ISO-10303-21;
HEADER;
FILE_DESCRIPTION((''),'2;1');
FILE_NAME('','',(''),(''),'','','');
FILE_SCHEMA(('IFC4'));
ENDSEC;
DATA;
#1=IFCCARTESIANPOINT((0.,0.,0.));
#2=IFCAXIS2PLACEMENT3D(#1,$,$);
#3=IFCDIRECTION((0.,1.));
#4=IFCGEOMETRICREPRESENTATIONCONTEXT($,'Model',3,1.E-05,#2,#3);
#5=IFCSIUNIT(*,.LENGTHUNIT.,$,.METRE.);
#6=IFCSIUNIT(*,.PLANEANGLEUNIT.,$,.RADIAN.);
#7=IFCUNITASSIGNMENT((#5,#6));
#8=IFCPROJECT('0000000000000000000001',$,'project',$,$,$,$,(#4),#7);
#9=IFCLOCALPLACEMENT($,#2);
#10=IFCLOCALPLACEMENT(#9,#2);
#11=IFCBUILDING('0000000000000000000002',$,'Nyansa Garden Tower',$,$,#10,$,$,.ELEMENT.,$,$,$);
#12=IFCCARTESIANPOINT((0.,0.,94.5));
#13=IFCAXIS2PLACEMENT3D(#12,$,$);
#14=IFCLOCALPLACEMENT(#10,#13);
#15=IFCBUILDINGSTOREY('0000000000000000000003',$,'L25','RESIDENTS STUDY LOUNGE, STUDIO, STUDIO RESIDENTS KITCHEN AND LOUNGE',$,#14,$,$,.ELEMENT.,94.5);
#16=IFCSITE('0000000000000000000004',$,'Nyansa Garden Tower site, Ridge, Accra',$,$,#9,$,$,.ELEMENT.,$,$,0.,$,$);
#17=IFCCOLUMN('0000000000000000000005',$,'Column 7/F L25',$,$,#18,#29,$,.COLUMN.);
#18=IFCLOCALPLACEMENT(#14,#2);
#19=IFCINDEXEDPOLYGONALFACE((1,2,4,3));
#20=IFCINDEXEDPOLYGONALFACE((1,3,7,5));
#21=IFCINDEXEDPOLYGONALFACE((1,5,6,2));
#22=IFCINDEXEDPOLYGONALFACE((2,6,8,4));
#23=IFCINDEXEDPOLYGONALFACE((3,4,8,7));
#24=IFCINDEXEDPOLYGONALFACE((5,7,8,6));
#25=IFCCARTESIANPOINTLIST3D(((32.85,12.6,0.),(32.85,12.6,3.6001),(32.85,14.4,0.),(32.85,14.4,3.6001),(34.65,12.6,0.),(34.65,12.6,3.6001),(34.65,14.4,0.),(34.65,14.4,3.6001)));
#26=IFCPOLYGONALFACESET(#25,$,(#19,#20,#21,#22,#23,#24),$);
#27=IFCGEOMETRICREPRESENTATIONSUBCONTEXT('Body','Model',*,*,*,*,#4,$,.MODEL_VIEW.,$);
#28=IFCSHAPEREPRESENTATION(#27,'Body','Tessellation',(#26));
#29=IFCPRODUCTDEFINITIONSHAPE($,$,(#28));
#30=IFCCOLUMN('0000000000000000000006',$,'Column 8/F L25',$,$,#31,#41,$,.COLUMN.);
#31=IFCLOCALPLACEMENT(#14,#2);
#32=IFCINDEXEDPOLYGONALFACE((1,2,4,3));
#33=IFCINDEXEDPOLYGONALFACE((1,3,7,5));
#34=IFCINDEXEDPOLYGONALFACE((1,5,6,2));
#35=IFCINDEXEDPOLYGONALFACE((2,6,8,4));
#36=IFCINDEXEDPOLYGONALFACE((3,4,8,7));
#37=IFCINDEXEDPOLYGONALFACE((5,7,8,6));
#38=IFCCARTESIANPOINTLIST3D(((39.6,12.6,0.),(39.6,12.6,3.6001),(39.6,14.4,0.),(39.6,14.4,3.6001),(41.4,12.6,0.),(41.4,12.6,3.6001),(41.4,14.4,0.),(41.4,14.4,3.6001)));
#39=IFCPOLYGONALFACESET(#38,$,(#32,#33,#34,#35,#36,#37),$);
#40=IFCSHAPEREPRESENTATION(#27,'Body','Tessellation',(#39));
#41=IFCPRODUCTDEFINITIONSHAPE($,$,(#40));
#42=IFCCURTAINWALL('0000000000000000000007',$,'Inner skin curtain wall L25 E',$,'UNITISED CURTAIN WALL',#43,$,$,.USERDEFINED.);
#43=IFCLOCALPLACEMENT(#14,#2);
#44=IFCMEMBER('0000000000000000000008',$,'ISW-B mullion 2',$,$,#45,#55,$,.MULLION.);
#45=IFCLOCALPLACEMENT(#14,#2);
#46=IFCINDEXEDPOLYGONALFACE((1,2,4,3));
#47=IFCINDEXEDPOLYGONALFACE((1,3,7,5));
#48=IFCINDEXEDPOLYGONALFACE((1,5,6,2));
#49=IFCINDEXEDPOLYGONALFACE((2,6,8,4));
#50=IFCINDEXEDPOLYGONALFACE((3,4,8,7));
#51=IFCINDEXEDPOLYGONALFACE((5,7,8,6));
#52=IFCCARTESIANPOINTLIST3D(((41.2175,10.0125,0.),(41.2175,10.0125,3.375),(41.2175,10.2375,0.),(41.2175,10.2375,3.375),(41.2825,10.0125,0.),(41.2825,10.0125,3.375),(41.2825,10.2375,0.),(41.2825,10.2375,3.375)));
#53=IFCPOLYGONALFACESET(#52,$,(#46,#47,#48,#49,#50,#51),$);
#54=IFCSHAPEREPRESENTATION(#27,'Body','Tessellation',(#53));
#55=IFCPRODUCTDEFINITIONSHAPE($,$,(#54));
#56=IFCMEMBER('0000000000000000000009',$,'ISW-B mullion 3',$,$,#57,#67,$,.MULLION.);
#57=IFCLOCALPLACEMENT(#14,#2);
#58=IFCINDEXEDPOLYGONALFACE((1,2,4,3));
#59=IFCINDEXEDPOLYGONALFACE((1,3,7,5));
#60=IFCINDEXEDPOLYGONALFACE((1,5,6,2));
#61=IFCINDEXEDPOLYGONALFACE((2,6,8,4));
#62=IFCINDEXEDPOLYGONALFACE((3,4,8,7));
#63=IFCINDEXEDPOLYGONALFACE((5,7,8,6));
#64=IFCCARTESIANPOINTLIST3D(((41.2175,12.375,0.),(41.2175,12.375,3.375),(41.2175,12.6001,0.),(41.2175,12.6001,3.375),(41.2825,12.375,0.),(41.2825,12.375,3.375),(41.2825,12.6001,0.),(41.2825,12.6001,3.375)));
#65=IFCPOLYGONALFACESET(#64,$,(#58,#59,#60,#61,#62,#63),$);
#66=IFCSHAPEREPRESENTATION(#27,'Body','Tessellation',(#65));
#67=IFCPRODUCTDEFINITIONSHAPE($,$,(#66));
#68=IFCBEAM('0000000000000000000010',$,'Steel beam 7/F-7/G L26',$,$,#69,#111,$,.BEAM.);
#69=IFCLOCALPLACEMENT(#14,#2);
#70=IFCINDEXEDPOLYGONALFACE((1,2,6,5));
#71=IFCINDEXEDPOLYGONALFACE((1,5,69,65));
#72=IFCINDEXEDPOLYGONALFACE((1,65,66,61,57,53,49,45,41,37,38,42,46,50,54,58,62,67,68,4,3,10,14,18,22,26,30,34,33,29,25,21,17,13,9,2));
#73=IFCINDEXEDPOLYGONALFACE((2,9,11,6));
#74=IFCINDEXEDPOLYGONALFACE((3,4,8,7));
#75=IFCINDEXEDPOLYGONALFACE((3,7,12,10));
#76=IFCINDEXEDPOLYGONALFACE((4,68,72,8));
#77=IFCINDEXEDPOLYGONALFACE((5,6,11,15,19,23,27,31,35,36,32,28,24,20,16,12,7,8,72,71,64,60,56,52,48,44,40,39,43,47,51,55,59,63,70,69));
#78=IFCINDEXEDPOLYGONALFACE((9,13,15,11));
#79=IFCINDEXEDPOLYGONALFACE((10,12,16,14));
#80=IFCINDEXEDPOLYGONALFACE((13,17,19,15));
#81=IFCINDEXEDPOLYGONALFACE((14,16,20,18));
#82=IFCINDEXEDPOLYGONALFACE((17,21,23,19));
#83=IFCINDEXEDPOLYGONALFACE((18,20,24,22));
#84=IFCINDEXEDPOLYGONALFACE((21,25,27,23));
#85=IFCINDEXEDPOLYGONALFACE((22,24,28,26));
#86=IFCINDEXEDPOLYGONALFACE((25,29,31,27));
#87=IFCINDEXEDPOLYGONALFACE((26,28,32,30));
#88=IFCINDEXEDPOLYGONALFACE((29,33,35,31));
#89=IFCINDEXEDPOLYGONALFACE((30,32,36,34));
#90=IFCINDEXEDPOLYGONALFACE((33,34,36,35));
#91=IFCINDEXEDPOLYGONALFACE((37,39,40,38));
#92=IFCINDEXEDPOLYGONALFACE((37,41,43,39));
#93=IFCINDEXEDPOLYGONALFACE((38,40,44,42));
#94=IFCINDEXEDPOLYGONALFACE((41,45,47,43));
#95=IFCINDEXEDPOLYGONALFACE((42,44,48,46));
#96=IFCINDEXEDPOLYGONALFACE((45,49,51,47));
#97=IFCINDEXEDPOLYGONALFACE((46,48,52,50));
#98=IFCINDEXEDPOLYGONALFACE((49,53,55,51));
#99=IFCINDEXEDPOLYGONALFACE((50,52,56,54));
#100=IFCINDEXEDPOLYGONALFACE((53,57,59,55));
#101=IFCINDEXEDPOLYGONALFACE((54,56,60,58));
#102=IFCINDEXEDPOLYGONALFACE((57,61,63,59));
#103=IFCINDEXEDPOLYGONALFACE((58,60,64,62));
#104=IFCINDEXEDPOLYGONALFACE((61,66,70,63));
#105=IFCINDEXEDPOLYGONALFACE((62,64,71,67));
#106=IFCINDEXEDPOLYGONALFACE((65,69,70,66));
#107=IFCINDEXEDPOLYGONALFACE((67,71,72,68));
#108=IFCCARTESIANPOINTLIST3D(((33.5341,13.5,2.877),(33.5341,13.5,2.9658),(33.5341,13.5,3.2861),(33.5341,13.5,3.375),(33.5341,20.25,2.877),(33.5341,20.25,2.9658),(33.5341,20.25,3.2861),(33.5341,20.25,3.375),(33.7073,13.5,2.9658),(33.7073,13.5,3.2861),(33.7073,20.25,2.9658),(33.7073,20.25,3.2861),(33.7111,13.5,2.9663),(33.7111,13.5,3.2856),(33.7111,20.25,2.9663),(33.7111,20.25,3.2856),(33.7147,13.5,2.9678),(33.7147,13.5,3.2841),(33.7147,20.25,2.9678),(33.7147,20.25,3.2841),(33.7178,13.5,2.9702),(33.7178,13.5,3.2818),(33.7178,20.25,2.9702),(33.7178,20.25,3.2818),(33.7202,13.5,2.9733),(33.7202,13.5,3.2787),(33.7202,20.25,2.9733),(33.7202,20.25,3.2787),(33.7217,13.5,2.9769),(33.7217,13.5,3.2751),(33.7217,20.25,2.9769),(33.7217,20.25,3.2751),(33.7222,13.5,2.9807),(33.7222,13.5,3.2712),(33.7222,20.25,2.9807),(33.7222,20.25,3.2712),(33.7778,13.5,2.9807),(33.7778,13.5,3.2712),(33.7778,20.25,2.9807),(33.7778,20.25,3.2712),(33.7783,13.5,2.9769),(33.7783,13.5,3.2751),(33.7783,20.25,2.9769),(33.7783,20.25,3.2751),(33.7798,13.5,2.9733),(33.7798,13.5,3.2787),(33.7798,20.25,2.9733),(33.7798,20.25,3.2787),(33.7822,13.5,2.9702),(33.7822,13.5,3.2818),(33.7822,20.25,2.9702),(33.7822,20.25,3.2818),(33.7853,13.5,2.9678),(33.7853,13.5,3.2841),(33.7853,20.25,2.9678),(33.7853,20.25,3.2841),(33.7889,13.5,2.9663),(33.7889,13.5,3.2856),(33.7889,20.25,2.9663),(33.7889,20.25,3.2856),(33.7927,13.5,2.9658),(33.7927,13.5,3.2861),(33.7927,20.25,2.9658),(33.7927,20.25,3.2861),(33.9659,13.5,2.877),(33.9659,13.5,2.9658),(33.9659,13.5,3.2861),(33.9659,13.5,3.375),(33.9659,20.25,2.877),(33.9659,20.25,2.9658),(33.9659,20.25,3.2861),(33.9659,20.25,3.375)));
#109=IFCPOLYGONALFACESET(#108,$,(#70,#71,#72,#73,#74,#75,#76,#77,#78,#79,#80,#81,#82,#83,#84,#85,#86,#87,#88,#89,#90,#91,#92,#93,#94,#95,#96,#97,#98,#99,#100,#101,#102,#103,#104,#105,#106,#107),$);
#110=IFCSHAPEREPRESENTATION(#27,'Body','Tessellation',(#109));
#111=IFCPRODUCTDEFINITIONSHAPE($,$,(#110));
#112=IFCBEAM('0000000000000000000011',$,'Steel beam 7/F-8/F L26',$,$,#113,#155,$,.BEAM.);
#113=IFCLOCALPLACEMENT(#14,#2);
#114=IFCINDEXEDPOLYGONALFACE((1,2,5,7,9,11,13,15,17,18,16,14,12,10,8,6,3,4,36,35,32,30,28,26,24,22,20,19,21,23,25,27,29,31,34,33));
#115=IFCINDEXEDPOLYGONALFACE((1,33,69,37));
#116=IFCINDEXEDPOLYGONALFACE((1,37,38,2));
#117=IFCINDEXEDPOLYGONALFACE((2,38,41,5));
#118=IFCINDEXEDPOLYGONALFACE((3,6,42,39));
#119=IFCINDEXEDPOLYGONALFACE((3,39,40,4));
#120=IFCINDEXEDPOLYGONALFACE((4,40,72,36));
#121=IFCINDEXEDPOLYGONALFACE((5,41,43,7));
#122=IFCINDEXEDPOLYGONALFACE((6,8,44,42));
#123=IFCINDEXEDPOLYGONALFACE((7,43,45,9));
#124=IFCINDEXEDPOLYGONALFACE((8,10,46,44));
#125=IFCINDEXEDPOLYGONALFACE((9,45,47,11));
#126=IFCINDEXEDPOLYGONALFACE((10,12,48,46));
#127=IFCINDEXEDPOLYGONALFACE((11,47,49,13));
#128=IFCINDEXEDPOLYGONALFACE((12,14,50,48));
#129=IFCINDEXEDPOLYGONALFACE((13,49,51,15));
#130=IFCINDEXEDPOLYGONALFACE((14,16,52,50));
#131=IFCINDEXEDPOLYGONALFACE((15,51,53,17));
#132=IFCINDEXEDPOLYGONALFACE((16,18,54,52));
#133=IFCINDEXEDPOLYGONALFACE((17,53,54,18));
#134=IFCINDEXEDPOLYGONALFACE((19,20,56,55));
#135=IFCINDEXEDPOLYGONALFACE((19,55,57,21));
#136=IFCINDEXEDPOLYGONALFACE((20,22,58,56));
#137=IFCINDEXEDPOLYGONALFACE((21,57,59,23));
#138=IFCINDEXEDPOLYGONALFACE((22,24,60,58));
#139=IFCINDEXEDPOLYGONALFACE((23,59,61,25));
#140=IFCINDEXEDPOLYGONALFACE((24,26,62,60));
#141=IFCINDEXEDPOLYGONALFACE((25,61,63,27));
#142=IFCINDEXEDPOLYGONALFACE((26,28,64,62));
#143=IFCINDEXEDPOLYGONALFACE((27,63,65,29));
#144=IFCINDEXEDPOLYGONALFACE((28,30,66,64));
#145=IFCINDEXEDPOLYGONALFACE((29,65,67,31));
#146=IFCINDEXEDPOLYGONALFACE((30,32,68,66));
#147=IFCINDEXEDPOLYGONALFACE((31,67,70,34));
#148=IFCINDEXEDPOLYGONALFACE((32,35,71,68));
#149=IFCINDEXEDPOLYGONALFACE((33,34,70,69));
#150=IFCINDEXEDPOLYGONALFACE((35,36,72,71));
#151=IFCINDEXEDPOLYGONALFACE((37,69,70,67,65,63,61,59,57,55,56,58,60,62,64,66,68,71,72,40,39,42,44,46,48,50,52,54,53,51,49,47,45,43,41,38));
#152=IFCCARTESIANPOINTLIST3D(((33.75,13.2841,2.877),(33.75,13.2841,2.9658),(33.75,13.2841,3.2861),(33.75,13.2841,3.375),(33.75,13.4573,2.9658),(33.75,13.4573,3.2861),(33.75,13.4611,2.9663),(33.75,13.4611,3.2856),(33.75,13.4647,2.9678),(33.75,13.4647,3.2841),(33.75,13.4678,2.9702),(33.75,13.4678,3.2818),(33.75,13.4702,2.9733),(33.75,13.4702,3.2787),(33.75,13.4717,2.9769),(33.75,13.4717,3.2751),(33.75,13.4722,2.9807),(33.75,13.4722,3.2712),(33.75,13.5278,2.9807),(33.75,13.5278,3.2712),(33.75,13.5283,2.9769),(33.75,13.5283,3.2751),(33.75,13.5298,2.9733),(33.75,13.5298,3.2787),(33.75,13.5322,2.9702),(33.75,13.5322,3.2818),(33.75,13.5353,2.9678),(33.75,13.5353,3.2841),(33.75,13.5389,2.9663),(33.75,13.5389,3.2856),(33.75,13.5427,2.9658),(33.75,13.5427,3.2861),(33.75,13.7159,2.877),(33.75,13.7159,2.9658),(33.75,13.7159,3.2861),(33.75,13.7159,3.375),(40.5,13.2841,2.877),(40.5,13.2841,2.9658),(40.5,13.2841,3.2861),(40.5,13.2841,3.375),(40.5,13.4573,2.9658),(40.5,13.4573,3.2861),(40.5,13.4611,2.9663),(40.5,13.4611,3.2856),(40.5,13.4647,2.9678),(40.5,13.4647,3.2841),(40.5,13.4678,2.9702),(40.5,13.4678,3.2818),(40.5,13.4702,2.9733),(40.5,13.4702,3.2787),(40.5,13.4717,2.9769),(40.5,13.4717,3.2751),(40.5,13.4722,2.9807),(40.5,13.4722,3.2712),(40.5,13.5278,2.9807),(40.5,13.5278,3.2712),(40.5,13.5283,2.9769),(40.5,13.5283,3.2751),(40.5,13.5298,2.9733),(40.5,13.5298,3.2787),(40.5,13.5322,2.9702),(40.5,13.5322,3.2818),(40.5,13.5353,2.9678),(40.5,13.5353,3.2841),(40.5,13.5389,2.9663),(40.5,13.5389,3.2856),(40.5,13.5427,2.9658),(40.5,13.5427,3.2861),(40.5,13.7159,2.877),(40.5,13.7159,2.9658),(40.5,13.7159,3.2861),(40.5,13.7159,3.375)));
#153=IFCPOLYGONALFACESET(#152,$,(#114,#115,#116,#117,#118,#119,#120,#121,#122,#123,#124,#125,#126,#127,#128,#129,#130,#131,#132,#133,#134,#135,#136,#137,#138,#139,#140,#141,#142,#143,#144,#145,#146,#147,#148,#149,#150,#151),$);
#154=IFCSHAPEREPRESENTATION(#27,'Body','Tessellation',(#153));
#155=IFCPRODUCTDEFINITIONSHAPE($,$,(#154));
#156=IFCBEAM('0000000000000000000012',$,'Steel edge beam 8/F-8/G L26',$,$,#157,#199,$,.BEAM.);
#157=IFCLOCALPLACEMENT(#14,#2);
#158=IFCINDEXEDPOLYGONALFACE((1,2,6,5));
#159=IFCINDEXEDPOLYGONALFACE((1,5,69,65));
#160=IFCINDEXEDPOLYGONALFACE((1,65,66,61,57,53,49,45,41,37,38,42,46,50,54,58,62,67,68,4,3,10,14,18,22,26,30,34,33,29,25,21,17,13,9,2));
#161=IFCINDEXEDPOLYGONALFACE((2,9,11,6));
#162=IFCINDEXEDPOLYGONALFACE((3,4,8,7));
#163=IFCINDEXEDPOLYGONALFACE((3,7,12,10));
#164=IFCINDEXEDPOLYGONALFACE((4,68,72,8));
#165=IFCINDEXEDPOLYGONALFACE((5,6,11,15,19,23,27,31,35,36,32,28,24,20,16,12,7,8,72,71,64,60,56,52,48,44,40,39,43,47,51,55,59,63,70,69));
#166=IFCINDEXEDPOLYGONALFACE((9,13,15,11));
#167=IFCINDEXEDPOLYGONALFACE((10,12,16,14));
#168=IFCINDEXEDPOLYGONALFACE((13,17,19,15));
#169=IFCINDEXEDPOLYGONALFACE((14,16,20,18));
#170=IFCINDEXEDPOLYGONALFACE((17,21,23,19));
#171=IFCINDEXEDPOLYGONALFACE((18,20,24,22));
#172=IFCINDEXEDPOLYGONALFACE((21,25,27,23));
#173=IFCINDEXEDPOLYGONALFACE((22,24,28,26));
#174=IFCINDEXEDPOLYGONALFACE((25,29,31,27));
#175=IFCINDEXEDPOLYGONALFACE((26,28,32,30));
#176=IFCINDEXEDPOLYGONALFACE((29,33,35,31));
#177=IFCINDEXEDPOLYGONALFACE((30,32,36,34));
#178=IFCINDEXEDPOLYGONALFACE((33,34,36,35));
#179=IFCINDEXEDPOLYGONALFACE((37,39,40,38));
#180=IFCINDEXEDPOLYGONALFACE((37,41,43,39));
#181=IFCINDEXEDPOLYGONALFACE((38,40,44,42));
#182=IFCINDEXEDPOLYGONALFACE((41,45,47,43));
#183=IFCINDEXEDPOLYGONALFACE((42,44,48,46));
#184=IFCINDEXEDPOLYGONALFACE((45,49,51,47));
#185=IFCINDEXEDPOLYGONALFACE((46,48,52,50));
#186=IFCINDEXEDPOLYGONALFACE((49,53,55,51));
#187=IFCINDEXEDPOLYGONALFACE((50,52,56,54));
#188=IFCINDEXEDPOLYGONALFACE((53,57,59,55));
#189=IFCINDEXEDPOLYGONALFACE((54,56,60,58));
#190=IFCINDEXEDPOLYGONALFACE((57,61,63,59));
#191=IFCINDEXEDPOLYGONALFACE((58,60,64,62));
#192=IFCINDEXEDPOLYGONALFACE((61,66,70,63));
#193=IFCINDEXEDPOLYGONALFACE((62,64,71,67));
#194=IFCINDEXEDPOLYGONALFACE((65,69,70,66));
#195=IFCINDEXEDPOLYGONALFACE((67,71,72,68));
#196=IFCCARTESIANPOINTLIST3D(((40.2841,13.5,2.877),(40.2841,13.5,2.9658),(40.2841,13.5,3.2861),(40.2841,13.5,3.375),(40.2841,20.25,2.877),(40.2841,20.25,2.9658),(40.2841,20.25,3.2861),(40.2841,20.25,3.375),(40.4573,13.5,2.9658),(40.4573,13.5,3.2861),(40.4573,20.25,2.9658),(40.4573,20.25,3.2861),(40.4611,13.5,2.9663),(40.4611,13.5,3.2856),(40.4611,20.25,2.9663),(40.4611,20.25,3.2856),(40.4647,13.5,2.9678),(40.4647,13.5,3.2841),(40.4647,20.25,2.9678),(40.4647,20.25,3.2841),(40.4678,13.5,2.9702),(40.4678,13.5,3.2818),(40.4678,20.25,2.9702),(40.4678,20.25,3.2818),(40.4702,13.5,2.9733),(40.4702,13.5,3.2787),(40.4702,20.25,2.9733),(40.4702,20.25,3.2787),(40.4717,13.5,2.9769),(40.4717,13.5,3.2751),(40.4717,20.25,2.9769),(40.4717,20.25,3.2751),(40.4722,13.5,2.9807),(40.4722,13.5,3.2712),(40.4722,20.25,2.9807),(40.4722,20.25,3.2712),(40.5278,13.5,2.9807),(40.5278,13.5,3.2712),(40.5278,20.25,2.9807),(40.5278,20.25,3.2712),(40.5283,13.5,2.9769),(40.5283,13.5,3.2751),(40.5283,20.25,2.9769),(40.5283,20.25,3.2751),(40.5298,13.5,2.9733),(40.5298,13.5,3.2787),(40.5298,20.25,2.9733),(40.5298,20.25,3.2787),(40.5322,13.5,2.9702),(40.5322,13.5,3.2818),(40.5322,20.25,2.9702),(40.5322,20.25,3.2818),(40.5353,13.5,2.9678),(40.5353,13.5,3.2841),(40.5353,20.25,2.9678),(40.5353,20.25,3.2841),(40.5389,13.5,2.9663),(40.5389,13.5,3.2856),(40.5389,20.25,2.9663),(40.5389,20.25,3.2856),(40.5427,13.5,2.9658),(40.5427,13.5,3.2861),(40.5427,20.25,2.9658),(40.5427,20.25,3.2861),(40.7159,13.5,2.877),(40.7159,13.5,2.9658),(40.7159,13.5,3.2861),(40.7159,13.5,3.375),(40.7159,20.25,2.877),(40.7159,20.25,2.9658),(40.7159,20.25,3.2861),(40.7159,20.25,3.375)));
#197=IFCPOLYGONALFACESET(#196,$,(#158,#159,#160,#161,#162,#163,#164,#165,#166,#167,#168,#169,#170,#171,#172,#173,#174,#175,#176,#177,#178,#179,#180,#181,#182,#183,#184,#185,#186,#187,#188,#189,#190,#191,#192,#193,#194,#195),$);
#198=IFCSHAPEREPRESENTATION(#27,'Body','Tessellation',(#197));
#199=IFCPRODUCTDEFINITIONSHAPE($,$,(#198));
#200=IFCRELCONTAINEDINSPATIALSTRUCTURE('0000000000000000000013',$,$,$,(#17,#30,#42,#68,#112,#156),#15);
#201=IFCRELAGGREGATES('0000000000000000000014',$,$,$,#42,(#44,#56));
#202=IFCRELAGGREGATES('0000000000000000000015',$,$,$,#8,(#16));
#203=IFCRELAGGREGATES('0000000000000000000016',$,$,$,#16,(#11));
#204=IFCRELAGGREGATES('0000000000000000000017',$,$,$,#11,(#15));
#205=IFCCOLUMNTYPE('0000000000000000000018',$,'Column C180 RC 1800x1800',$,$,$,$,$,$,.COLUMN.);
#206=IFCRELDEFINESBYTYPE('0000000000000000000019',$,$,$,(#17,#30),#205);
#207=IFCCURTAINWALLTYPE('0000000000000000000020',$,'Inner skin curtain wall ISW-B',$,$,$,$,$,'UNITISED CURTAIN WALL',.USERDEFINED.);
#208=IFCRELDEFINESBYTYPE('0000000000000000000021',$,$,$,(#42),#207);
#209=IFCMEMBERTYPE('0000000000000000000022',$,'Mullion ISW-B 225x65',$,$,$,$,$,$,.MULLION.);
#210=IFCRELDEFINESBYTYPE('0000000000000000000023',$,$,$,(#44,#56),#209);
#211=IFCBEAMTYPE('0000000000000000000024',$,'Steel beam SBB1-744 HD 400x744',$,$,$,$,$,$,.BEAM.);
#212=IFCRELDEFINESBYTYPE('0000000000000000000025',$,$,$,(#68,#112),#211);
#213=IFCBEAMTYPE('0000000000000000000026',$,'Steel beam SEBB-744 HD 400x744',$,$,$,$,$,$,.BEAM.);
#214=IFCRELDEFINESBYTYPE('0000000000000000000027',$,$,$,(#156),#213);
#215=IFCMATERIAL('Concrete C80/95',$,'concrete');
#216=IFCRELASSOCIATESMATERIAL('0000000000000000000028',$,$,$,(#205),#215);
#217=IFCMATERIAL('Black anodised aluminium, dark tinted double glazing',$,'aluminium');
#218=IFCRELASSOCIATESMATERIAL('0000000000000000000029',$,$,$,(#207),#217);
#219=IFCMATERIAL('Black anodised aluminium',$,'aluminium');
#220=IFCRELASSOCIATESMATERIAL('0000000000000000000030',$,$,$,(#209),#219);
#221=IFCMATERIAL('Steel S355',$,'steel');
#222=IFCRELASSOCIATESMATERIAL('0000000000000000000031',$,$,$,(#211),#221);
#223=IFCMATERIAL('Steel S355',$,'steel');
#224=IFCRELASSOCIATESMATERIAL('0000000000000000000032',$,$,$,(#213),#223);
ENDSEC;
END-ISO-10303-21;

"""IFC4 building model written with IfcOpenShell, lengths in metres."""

from ifc_helpers import new_model, si_unit, direction, frame, origin, origin_2d, place, context, subcontext, project, spatial, rectangle, i_section, extrude, material, material_profile, profile_set, type_object, element, aggregate, save


model = new_model("IFC4")

# Units and contexts
model_context = context("Model", 3, precision=1e-05, world=origin(), true_north=direction((0.0, 1.0)))
body_context = subcontext(model_context, "Body", "Model", "MODEL_VIEW")
ifc_project = project(units=[si_unit("LENGTHUNIT", "METRE"), si_unit("PLANEANGLEUNIT", "RADIAN")], contexts=[model_context])

# Site, building, storey
site_placement = place(None, origin())
site = spatial("IfcSite", under=ifc_project, at=site_placement, Name="Nyansa Garden Tower site, Ridge, Accra", CompositionType="ELEMENT", RefElevation=0.0)
building_placement = place(site_placement, origin())
building = spatial("IfcBuilding", under=site, at=building_placement, Name="Nyansa Garden Tower", CompositionType="ELEMENT")
storey_placement = place(building_placement, frame((0.0, 0.0, 94.5)))
storey = spatial("IfcBuildingStorey", under=building, at=storey_placement, Name="L25", Description="RESIDENTS STUDY LOUNGE, STUDIO, STUDIO RESIDENTS KITCHEN AND LOUNGE", CompositionType="ELEMENT", Elevation=94.5)

# Columns
ifc_material_1 = material(Name="Concrete C80/95", Category="concrete")
ifc_material_profile_1 = material_profile(ifc_material_1, rectangle(XDim=1.8, YDim=1.8, at=origin_2d()), Name="RC 1800x1800")
ifc_profile_set_1 = profile_set([ifc_material_profile_1], Name="Concrete C80/95")
column_type = type_object("IfcColumnType", Name="Column C180 RC 1800x1800", PredefinedType="COLUMN", material=ifc_profile_set_1)
for number, where, z_axis, x_axis, name in (
    (1, (33.75, 13.5, 0.0), (0.0, 0.0, 1.0), (1.0, 0.0, 0.0), "Column 7/F L25"),
    (2, (40.5, 13.5, 0.0), (0.0, 0.0, 1.0), (1.0, 0.0, 0.0), "Column 8/F L25"),
):
    element("IfcColumn", number, at=place(storey_placement, frame(where, z_axis=z_axis, x_axis=x_axis)), inside=storey, type_object=column_type, Name=name, PredefinedType="COLUMN", context=body_context, shape_type="SweptSolid", body=[
        extrude(rectangle(XDim=1.8, YDim=1.8, at=origin_2d()), origin(), (0.0, 0.0, 1.0), 3.6001),
    ])

# Curtain wall, members
ifc_material_2 = material(Name="Black anodised aluminium, dark tinted double glazing", Category="aluminium")
curtain_wall_type = type_object("IfcCurtainWallType", Name="Inner skin curtain wall ISW-B", ElementType="UNITISED CURTAIN WALL", PredefinedType="USERDEFINED", material=ifc_material_2)
curtain_wall_placement = place(storey_placement, origin())
curtain_wall = element("IfcCurtainWall", 3, at=curtain_wall_placement, inside=storey, type_object=curtain_wall_type, Name="Inner skin curtain wall L25 E", ObjectType="UNITISED CURTAIN WALL", PredefinedType="USERDEFINED")
ifc_material_3 = material(Name="Black anodised aluminium", Category="aluminium")
ifc_material_profile_2 = material_profile(ifc_material_3, rectangle(XDim=0.0649, YDim=0.2251, at=origin_2d()), Name="Mullion 225x65")
ifc_profile_set_2 = profile_set([ifc_material_profile_2], Name="Black anodised aluminium")
member_type_1 = type_object("IfcMemberType", Name="Mullion ISW-B 225x65", PredefinedType="MULLION", material=ifc_profile_set_2)
member_1_placement = place(storey_placement, frame((41.25, 10.125, 0.0), z_axis=(0.0, 0.0, 1.0), x_axis=(-1.0, 0.0, 0.0)))
member_1 = element("IfcMember", 4, at=member_1_placement, type_object=member_type_1, Name="ISW-B mullion 2", PredefinedType="MULLION", context=body_context, shape_type="SweptSolid", body=[
    extrude(rectangle(XDim=0.0649, YDim=0.2251, at=origin_2d()), origin(), (0.0, 0.0, 1.0), 3.375),
])
member_2_placement = place(storey_placement, frame((41.25, 12.4875, 0.0), z_axis=(0.0, 0.0, 1.0), x_axis=(-1.0, 0.0, 0.0)))
member_2 = element("IfcMember", 5, at=member_2_placement, type_object=member_type_1, Name="ISW-B mullion 3", PredefinedType="MULLION", context=body_context, shape_type="SweptSolid", body=[
    extrude(rectangle(XDim=0.0649, YDim=0.2251, at=origin_2d()), origin(), (0.0, 0.0, 1.0), 3.375),
])

# Beams
ifc_material_4 = material(Name="Steel S355", Category="steel")
ifc_material_profile_3 = material_profile(ifc_material_4, i_section(OverallWidth=0.4319, OverallDepth=0.498, WebThickness=0.0557, FlangeThickness=0.0889, FilletRadius=0.0149, at=origin_2d()), Name="HD 400x744")
ifc_profile_set_3 = profile_set([ifc_material_profile_3], Name="Steel S355")
beam_type_1 = type_object("IfcBeamType", Name="Steel beam SBB1-744 HD 400x744", PredefinedType="BEAM", material=ifc_profile_set_3)
for number, where, z_axis, x_axis, name in (
    (6, (33.75, 13.5, 3.126), (0.0, 1.0, 0.0), (-1.0, 0.0, 0.0), "Steel beam 7/F-7/G L26"),
    (7, (33.75, 13.5, 3.126), (1.0, 0.0, 0.0), (0.0, 1.0, 0.0), "Steel beam 7/F-8/F L26"),
):
    element("IfcBeam", number, at=place(storey_placement, frame(where, z_axis=z_axis, x_axis=x_axis)), inside=storey, type_object=beam_type_1, Name=name, PredefinedType="BEAM", context=body_context, shape_type="SweptSolid", body=[
        extrude(i_section(OverallWidth=0.4319, OverallDepth=0.498, WebThickness=0.0557, FlangeThickness=0.0889, FilletRadius=0.0149, at=origin_2d()), origin(), (0.0, 0.0, 1.0), 6.75),
    ])
ifc_material_5 = material(Name="Steel S355", Category="steel")
ifc_material_profile_4 = material_profile(ifc_material_5, i_section(OverallWidth=0.4319, OverallDepth=0.498, WebThickness=0.0557, FlangeThickness=0.0889, FilletRadius=0.0149, at=origin_2d()), Name="HD 400x744")
ifc_profile_set_4 = profile_set([ifc_material_profile_4], Name="Steel S355")
beam_type_2 = type_object("IfcBeamType", Name="Steel beam SEBB-744 HD 400x744", PredefinedType="BEAM", material=ifc_profile_set_4)
beam_1_placement = place(storey_placement, frame((40.5, 13.5, 3.126), z_axis=(0.0, 1.0, 0.0), x_axis=(-1.0, 0.0, 0.0)))
element("IfcBeam", 8, at=beam_1_placement, inside=storey, type_object=beam_type_2, Name="Steel edge beam 8/F-8/G L26", PredefinedType="BEAM", context=body_context, shape_type="SweptSolid", body=[
    extrude(i_section(OverallWidth=0.4319, OverallDepth=0.498, WebThickness=0.0557, FlangeThickness=0.0889, FilletRadius=0.0149, at=origin_2d()), origin(), (0.0, 0.0, 1.0), 6.75),
])

aggregate(curtain_wall, [member_1, member_2])

save(model, "model.ifc")
